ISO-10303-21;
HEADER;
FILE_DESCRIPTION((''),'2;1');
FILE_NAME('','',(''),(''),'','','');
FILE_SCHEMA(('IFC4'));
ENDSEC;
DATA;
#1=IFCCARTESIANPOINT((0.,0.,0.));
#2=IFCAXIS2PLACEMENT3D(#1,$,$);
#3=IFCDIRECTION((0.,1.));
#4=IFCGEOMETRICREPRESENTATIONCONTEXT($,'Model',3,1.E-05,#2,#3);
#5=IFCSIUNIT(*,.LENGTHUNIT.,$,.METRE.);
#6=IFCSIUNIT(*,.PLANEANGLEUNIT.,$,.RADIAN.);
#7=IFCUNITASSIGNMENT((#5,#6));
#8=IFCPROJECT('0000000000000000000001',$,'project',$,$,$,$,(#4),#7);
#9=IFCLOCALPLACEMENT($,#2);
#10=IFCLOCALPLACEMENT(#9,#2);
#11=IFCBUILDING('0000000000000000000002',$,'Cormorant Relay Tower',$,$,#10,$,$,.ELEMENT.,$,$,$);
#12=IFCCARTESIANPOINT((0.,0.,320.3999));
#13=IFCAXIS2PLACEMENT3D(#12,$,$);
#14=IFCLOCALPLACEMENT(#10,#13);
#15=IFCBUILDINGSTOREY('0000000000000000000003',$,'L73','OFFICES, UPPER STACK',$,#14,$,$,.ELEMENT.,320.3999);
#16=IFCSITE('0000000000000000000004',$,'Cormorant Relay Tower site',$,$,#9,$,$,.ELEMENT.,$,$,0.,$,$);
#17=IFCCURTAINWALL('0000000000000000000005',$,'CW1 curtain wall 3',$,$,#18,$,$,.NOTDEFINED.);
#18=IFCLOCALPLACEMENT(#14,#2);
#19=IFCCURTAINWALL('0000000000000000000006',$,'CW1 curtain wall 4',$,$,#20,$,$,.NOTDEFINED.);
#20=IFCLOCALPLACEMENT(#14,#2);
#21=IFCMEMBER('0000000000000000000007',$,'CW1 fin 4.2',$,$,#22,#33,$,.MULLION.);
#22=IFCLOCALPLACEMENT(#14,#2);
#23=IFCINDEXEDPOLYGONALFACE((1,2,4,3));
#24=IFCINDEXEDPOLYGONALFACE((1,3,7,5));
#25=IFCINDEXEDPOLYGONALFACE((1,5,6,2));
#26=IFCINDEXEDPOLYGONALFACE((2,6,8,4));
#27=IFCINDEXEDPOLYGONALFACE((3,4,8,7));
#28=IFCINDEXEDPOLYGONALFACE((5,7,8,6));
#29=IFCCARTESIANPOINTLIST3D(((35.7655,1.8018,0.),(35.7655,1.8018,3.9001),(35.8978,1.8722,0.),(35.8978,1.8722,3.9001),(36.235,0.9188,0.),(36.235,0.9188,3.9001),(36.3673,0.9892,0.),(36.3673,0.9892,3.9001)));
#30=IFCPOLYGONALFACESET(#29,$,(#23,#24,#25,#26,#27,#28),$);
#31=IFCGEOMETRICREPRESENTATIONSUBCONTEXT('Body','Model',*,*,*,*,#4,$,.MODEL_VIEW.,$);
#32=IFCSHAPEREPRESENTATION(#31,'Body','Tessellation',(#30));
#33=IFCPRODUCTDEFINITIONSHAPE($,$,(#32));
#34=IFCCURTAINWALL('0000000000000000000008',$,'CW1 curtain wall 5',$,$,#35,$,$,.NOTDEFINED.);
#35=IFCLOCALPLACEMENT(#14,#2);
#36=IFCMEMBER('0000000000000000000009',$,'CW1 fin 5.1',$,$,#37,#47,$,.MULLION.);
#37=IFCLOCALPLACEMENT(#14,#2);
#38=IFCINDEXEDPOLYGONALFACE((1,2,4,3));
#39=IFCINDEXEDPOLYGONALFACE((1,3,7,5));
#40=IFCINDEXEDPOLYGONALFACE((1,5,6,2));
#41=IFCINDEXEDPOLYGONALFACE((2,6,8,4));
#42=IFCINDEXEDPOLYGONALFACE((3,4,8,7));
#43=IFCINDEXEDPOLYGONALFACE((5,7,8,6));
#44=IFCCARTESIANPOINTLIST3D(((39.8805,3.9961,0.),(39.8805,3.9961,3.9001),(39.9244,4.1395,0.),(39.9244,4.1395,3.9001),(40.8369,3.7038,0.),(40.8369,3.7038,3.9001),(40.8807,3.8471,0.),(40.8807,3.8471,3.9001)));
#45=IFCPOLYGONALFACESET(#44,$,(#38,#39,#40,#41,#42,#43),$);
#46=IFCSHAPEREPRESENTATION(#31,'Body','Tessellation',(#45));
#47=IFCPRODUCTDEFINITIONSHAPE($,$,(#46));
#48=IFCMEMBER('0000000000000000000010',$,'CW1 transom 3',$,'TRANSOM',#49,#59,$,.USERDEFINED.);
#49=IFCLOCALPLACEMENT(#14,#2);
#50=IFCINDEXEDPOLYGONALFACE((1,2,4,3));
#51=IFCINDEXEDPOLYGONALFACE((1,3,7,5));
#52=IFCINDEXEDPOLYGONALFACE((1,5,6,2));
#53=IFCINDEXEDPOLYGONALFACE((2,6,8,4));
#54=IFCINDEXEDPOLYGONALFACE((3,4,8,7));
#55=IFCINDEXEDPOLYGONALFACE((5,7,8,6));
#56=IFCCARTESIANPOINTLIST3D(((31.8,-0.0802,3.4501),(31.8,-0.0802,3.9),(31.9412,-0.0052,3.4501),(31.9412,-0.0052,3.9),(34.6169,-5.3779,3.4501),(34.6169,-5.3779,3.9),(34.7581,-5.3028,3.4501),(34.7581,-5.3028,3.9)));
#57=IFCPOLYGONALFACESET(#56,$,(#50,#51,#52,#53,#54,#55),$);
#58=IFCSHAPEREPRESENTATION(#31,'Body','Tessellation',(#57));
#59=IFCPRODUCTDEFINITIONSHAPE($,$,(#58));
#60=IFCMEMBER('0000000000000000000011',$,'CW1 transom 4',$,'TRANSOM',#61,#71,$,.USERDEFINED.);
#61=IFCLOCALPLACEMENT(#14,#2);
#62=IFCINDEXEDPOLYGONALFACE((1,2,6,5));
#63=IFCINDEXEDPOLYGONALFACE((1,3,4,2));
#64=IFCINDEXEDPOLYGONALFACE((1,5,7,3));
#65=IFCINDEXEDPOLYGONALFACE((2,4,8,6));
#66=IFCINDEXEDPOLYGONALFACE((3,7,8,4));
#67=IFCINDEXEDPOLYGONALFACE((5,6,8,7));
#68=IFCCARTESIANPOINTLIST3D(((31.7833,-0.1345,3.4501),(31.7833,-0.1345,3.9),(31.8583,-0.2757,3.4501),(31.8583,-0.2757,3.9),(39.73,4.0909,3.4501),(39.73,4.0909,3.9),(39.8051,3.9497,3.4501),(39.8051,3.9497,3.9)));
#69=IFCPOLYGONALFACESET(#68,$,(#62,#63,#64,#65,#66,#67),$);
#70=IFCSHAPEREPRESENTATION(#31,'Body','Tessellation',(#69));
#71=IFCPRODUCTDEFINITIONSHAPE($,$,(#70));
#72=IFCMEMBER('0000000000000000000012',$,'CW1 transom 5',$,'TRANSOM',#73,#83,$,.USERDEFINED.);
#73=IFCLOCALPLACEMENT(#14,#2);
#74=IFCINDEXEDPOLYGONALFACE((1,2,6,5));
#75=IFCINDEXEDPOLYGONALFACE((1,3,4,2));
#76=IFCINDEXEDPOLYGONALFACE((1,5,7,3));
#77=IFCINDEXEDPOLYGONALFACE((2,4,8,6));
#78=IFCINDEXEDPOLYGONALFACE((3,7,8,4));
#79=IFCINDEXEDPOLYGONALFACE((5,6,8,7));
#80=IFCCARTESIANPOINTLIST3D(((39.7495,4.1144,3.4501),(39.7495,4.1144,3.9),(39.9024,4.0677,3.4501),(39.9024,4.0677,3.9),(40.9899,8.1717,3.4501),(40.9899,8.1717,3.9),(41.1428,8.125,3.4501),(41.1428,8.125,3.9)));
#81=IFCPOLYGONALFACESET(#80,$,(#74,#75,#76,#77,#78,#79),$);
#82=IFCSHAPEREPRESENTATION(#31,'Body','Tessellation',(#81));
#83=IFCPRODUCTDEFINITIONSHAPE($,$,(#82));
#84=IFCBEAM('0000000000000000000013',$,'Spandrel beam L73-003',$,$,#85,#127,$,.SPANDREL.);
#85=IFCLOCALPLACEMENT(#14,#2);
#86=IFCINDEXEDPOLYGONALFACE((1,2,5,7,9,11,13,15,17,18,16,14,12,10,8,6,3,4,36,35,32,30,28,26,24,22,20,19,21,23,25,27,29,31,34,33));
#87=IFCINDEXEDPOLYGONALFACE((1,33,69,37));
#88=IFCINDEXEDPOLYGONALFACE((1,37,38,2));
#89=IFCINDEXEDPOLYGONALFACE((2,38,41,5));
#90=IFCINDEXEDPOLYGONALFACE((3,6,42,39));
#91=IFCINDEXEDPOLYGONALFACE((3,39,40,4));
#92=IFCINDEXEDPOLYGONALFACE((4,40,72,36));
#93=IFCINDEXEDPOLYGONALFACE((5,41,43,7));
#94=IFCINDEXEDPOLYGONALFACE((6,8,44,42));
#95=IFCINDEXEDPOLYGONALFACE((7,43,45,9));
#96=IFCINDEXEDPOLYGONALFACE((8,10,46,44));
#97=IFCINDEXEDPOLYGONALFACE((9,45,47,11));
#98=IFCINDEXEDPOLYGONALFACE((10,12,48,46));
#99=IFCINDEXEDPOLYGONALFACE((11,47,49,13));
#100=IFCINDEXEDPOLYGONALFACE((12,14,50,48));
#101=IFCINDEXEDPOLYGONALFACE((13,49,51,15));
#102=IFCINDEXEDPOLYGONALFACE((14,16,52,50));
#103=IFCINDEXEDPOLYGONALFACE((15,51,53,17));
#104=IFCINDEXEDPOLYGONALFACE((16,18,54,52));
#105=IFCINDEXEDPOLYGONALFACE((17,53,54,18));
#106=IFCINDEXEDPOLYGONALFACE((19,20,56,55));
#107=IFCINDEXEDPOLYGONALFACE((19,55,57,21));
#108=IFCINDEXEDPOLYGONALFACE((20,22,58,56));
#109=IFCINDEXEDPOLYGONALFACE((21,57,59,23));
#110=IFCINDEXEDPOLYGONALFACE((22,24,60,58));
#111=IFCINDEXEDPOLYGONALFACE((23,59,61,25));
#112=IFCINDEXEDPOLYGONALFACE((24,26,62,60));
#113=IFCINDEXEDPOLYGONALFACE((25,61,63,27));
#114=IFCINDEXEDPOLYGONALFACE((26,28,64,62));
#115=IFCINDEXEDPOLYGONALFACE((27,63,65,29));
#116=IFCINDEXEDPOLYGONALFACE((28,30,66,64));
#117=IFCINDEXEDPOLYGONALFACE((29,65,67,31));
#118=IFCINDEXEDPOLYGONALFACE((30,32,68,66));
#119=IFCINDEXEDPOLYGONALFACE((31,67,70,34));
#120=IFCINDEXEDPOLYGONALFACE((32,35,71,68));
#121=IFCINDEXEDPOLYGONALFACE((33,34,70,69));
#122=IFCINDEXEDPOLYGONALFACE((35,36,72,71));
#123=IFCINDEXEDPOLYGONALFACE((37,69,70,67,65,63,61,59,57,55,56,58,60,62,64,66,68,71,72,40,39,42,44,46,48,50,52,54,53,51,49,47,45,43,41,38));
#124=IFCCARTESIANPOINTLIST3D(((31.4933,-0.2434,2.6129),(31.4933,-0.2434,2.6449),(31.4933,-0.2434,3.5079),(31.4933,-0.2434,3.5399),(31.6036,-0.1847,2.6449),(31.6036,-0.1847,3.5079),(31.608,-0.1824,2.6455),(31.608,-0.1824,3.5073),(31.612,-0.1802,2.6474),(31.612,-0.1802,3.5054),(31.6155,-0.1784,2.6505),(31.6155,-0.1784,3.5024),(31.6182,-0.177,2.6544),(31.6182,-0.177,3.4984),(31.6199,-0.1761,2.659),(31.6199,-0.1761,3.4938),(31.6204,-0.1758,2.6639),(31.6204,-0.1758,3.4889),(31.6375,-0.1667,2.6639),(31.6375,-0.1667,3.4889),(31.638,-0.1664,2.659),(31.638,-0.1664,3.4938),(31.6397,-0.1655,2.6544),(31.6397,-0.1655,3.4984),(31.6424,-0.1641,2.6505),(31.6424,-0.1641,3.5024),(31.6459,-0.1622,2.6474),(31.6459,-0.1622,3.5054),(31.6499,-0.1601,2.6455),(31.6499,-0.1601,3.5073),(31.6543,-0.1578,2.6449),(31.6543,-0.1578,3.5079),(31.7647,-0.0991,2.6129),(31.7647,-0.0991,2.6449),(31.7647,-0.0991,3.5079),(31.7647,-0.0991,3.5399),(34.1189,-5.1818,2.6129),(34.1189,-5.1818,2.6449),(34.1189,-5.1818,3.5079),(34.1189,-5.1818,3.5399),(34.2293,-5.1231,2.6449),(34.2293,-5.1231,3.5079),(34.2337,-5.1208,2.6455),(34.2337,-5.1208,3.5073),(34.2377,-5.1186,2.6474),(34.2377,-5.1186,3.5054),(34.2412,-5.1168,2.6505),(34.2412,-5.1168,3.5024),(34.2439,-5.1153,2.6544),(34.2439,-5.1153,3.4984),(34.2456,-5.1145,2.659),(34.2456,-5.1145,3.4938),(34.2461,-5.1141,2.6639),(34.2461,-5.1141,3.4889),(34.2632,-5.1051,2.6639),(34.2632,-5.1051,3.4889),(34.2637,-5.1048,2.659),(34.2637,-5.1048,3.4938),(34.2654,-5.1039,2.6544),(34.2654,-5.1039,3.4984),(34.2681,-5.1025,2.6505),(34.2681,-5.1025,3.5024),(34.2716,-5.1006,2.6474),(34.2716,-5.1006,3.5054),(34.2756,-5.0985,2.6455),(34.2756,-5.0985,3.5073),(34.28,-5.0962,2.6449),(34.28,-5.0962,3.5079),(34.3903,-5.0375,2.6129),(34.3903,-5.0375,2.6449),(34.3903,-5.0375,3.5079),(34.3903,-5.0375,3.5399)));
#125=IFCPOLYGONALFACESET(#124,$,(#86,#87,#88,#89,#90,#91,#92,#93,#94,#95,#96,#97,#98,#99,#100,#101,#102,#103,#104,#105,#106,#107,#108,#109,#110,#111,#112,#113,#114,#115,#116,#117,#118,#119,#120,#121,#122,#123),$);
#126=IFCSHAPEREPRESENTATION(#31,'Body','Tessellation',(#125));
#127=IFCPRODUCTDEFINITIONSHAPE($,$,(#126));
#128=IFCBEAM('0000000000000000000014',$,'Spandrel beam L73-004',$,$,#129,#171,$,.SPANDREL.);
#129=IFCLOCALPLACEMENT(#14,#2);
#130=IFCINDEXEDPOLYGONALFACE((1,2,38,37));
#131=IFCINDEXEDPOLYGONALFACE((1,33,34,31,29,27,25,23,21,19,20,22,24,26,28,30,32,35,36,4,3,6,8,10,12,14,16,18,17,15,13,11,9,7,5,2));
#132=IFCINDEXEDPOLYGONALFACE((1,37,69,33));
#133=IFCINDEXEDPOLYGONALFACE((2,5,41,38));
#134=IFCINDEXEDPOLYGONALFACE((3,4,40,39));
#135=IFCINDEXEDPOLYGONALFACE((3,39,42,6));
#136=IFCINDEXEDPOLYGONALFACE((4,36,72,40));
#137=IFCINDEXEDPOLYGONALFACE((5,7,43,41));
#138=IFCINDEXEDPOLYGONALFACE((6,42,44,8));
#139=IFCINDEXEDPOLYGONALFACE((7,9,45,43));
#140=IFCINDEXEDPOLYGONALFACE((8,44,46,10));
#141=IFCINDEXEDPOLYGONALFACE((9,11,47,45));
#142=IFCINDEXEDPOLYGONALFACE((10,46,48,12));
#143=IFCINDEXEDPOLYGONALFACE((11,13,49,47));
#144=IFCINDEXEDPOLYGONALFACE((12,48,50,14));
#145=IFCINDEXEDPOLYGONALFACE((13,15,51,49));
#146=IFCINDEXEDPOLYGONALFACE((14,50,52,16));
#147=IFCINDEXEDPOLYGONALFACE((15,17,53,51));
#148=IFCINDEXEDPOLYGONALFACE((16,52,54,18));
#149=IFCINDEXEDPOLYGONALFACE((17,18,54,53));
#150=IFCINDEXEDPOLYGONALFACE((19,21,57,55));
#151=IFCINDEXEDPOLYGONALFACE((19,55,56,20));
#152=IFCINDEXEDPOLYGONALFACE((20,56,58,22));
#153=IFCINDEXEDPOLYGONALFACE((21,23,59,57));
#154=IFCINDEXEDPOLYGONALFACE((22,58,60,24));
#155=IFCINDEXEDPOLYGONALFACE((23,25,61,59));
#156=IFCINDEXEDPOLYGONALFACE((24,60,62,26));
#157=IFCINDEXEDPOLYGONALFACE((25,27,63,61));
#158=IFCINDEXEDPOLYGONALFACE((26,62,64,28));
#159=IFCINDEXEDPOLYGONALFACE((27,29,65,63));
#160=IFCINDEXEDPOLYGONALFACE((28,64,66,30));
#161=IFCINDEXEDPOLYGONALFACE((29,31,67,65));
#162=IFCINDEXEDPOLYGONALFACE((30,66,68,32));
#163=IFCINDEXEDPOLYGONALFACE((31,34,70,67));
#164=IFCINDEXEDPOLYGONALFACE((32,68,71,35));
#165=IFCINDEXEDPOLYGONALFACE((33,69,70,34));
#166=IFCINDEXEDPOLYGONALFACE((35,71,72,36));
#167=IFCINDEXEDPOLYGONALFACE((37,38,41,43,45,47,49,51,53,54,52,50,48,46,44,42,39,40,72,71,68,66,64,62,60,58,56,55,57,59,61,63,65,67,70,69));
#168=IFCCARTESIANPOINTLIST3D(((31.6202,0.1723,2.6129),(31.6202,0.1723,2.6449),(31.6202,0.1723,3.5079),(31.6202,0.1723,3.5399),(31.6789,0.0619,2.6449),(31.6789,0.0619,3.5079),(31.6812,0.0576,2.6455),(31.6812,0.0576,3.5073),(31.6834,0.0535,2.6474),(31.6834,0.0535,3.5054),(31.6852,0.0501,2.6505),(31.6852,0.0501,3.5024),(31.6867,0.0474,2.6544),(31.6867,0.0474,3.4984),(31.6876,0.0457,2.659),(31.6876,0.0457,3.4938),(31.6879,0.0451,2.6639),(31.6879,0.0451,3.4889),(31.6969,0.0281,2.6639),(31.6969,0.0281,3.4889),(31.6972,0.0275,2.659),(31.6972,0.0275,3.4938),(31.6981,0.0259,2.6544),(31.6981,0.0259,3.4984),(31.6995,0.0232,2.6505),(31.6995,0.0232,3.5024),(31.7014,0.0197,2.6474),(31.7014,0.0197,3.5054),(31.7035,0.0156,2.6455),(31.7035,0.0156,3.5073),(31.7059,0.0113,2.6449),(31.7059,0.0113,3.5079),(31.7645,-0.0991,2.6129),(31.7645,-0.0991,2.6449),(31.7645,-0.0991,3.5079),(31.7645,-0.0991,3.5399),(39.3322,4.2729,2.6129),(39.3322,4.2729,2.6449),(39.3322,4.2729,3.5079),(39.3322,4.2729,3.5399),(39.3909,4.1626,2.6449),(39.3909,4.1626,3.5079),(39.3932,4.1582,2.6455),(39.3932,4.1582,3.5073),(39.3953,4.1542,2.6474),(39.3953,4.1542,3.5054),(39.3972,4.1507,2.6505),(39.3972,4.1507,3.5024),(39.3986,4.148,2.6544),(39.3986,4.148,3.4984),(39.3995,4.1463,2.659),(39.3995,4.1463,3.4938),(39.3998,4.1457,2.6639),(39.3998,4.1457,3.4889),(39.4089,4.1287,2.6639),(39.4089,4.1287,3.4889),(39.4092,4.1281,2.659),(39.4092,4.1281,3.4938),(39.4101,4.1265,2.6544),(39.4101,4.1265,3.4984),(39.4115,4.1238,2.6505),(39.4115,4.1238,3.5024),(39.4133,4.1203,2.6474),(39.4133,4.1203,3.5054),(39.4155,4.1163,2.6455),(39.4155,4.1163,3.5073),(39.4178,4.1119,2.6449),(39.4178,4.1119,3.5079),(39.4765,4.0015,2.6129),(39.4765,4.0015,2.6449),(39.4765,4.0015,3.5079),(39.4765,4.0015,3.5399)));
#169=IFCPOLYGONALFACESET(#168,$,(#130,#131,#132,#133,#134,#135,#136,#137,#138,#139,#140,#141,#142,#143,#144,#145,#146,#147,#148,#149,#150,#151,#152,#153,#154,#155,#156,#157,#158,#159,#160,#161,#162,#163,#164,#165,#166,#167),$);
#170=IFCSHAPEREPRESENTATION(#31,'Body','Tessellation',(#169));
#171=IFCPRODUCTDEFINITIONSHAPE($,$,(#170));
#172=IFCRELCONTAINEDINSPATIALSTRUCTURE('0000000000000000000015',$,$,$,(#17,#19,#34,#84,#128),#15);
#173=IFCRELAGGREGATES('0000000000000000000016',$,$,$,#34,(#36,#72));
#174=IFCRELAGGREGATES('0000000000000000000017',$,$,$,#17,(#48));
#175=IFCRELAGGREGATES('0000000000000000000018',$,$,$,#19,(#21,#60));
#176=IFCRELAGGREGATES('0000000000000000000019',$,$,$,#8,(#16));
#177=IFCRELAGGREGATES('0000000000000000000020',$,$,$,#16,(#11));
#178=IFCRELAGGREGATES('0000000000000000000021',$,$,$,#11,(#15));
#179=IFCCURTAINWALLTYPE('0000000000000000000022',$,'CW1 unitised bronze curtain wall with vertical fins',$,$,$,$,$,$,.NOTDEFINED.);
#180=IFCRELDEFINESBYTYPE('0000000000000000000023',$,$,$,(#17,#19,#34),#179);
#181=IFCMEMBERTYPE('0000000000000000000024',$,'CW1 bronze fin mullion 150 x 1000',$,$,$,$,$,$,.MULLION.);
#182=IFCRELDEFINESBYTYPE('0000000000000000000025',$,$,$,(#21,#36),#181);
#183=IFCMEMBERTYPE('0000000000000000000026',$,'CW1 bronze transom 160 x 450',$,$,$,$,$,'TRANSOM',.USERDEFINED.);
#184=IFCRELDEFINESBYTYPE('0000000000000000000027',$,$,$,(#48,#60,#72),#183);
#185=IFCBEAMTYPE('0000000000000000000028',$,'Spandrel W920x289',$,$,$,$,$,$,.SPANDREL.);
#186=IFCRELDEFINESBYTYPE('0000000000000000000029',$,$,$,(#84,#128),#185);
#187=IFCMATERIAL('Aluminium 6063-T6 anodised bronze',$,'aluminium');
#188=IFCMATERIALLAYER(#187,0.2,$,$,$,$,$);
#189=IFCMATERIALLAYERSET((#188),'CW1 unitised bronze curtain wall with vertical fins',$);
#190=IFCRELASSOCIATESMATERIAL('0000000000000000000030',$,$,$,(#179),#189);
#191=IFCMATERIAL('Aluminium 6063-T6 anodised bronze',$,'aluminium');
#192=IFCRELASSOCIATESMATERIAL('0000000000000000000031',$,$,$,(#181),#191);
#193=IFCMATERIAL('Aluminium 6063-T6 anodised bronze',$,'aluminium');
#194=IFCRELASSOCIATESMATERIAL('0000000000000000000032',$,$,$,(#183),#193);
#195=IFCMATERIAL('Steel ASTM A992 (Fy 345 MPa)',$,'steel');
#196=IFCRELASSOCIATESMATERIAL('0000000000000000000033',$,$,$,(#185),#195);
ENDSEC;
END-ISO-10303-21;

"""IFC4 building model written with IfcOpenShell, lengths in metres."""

from ifc_helpers import new_model, si_unit, direction, frame, origin, origin_2d, place, context, subcontext, project, spatial, rectangle, i_section, extrude, material, layer, layer_set, material_profile, profile_set, type_object, element, aggregate, save


model = new_model("IFC4")

# Units and contexts
model_context = context("Model", 3, precision=1e-05, world=origin(), true_north=direction((0.0, 1.0)))
body_context = subcontext(model_context, "Body", "Model", "MODEL_VIEW")
ifc_project = project(units=[si_unit("LENGTHUNIT", "METRE"), si_unit("PLANEANGLEUNIT", "RADIAN")], contexts=[model_context])

# Site, building, storey
site_placement = place(None, origin())
site = spatial("IfcSite", under=ifc_project, at=site_placement, Name="Cormorant Relay Tower site", CompositionType="ELEMENT", RefElevation=0.0)
building_placement = place(site_placement, origin())
building = spatial("IfcBuilding", under=site, at=building_placement, Name="Cormorant Relay Tower", CompositionType="ELEMENT")
storey_placement = place(building_placement, frame((0.0, 0.0, 320.3999)))
storey = spatial("IfcBuildingStorey", under=building, at=storey_placement, Name="L73", Description="OFFICES, UPPER STACK", CompositionType="ELEMENT", Elevation=320.3999)

# Shared definitions
ifc_material_1 = material(Name="Aluminium 6063-T6 anodised bronze", Category="aluminium")
ifc_layer_1 = layer(ifc_material_1, 0.2)
ifc_layer_set_1 = layer_set([ifc_layer_1], Name="CW1 unitised bronze curtain wall with vertical fins")
curtain_wall_type = type_object("IfcCurtainWallType", Name="CW1 unitised bronze curtain wall with vertical fins", PredefinedType="NOTDEFINED", material=ifc_layer_set_1)
ifc_material_2 = material(Name="Aluminium 6063-T6 anodised bronze", Category="aluminium")
ifc_material_profile_1 = material_profile(ifc_material_2, rectangle(XDim=0.1499, YDim=1.0, at=origin_2d()), Name="AL 150x1000")
ifc_profile_set_1 = profile_set([ifc_material_profile_1], Name="Aluminium 6063-T6 anodised bronze")
member_type_1 = type_object("IfcMemberType", Name="CW1 bronze fin mullion 150 x 1000", PredefinedType="MULLION", material=ifc_profile_set_1)

# Curtain wall
curtain_wall_1_placement = place(storey_placement, origin())
curtain_wall_1 = element("IfcCurtainWall", 1, at=curtain_wall_1_placement, inside=storey, type_object=curtain_wall_type, Name="CW1 curtain wall 3", PredefinedType="NOTDEFINED")

# Curtain wall, member
curtain_wall_2_placement = place(storey_placement, origin())
curtain_wall_2 = element("IfcCurtainWall", 2, at=curtain_wall_2_placement, inside=storey, type_object=curtain_wall_type, Name="CW1 curtain wall 4", PredefinedType="NOTDEFINED")
member_1_placement = place(storey_placement, frame((36.0664, 1.3955, 0.0), z_axis=(0.0, 0.0, 1.0), x_axis=(0.882948, 0.469472, 0.0)))
member_1 = element("IfcMember", 3, at=member_1_placement, type_object=member_type_1, Name="CW1 fin 4.2", PredefinedType="MULLION", context=body_context, shape_type="SweptSolid", body=[
    extrude(rectangle(XDim=0.1499, YDim=1.0, at=origin_2d()), origin(), (0.0, 0.0, 1.0), 3.9001),
])

# Curtain wall, member
curtain_wall_3_placement = place(storey_placement, origin())
curtain_wall_3 = element("IfcCurtainWall", 4, at=curtain_wall_3_placement, inside=storey, type_object=curtain_wall_type, Name="CW1 curtain wall 5", PredefinedType="NOTDEFINED")
member_2_placement = place(storey_placement, frame((40.3806, 3.9216, 0.0), z_axis=(0.0, 0.0, 1.0), x_axis=(0.292372, 0.956305, 0.0)))
member_2 = element("IfcMember", 5, at=member_2_placement, type_object=member_type_1, Name="CW1 fin 5.1", PredefinedType="MULLION", context=body_context, shape_type="SweptSolid", body=[
    extrude(rectangle(XDim=0.1499, YDim=1.0, at=origin_2d()), origin(), (0.0, 0.0, 1.0), 3.9001),
])

# Members
ifc_material_3 = material(Name="Aluminium 6063-T6 anodised bronze", Category="aluminium")
ifc_material_profile_2 = material_profile(ifc_material_3, rectangle(XDim=0.1599, YDim=0.45, at=origin_2d()), Name="AL 160x450")
ifc_profile_set_2 = profile_set([ifc_material_profile_2], Name="Aluminium 6063-T6 anodised bronze")
member_type_2 = type_object("IfcMemberType", Name="CW1 bronze transom 160 x 450", ElementType="TRANSOM", PredefinedType="USERDEFINED", material=ifc_profile_set_2)
member_3_placement = place(storey_placement, frame((34.6875, -5.3403, 3.675), z_axis=(-0.469485, 0.88294, 0.0), x_axis=(-0.88294, -0.469485, 0.0)))
member_3 = element("IfcMember", 6, at=member_3_placement, type_object=member_type_2, Name="CW1 transom 3", ObjectType="TRANSOM", PredefinedType="USERDEFINED", context=body_context, shape_type="SweptSolid", body=[
    extrude(rectangle(XDim=0.1599, YDim=0.45, at=origin_2d()), origin(), (0.0, 0.0, 1.0), 6.0),
])
member_4_placement = place(storey_placement, frame((31.8208, -0.2051, 3.675), z_axis=(0.882949, 0.469469, 0.0), x_axis=(-0.469469, 0.882949, 0.0)))
member_4 = element("IfcMember", 7, at=member_4_placement, type_object=member_type_2, Name="CW1 transom 4", ObjectType="TRANSOM", PredefinedType="USERDEFINED", context=body_context, shape_type="SweptSolid", body=[
    extrude(rectangle(XDim=0.1599, YDim=0.45, at=origin_2d()), origin(), (0.0, 0.0, 1.0), 9.0002),
])
member_5_placement = place(storey_placement, frame((39.8259, 4.0911, 3.675), z_axis=(0.292375, 0.956304, 0.0), x_axis=(-0.956304, 0.292375, 0.0)))
member_5 = element("IfcMember", 8, at=member_5_placement, type_object=member_type_2, Name="CW1 transom 5", ObjectType="TRANSOM", PredefinedType="USERDEFINED", context=body_context, shape_type="SweptSolid", body=[
    extrude(rectangle(XDim=0.1599, YDim=0.45, at=origin_2d()), origin(), (0.0, 0.0, 1.0), 4.2427),
])
aggregate(curtain_wall_3, [member_2, member_5])

# Beams
ifc_material_4 = material(Name="Steel ASTM A992 (Fy 345 MPa)", Category="steel")
ifc_material_profile_3 = material_profile(ifc_material_4, i_section(OverallWidth=0.3074, OverallDepth=0.927, WebThickness=0.0193, FlangeThickness=0.032, FilletRadius=0.019, at=origin_2d()), Name="W920x289")
ifc_profile_set_3 = profile_set([ifc_material_profile_3], Name="Steel ASTM A992 (Fy 345 MPa)")
beam_type = type_object("IfcBeamType", Name="Spandrel W920x289", PredefinedType="SPANDREL", material=ifc_profile_set_3)
beam_1_placement = place(storey_placement, frame((34.2546, -5.1096, 3.0764), z_axis=(-0.469457, 0.882955, 0.0), x_axis=(-0.882955, -0.469457, 0.0)))
element("IfcBeam", 9, at=beam_1_placement, inside=storey, type_object=beam_type, Name="Spandrel beam L73-003", PredefinedType="SPANDREL", context=body_context, shape_type="SweptSolid", body=[
    extrude(i_section(OverallWidth=0.3074, OverallDepth=0.927, WebThickness=0.0193, FlangeThickness=0.032, FilletRadius=0.019, at=origin_2d()), origin(), (0.0, 0.0, 1.0), 5.593),
])
beam_2_placement = place(storey_placement, frame((31.6924, 0.0366, 3.0764), z_axis=(0.882943, 0.469479, 0.0), x_axis=(-0.469479, 0.882943, 0.0)))
element("IfcBeam", 10, at=beam_2_placement, inside=storey, type_object=beam_type, Name="Spandrel beam L73-004", PredefinedType="SPANDREL", context=body_context, shape_type="SweptSolid", body=[
    extrude(i_section(OverallWidth=0.3074, OverallDepth=0.927, WebThickness=0.0193, FlangeThickness=0.032, FilletRadius=0.019, at=origin_2d()), origin(), (0.0, 0.0, 1.0), 8.7344),
])

aggregate(curtain_wall_1, [member_3])
aggregate(curtain_wall_2, [member_1, member_4])

save(model, "model.ifc")
